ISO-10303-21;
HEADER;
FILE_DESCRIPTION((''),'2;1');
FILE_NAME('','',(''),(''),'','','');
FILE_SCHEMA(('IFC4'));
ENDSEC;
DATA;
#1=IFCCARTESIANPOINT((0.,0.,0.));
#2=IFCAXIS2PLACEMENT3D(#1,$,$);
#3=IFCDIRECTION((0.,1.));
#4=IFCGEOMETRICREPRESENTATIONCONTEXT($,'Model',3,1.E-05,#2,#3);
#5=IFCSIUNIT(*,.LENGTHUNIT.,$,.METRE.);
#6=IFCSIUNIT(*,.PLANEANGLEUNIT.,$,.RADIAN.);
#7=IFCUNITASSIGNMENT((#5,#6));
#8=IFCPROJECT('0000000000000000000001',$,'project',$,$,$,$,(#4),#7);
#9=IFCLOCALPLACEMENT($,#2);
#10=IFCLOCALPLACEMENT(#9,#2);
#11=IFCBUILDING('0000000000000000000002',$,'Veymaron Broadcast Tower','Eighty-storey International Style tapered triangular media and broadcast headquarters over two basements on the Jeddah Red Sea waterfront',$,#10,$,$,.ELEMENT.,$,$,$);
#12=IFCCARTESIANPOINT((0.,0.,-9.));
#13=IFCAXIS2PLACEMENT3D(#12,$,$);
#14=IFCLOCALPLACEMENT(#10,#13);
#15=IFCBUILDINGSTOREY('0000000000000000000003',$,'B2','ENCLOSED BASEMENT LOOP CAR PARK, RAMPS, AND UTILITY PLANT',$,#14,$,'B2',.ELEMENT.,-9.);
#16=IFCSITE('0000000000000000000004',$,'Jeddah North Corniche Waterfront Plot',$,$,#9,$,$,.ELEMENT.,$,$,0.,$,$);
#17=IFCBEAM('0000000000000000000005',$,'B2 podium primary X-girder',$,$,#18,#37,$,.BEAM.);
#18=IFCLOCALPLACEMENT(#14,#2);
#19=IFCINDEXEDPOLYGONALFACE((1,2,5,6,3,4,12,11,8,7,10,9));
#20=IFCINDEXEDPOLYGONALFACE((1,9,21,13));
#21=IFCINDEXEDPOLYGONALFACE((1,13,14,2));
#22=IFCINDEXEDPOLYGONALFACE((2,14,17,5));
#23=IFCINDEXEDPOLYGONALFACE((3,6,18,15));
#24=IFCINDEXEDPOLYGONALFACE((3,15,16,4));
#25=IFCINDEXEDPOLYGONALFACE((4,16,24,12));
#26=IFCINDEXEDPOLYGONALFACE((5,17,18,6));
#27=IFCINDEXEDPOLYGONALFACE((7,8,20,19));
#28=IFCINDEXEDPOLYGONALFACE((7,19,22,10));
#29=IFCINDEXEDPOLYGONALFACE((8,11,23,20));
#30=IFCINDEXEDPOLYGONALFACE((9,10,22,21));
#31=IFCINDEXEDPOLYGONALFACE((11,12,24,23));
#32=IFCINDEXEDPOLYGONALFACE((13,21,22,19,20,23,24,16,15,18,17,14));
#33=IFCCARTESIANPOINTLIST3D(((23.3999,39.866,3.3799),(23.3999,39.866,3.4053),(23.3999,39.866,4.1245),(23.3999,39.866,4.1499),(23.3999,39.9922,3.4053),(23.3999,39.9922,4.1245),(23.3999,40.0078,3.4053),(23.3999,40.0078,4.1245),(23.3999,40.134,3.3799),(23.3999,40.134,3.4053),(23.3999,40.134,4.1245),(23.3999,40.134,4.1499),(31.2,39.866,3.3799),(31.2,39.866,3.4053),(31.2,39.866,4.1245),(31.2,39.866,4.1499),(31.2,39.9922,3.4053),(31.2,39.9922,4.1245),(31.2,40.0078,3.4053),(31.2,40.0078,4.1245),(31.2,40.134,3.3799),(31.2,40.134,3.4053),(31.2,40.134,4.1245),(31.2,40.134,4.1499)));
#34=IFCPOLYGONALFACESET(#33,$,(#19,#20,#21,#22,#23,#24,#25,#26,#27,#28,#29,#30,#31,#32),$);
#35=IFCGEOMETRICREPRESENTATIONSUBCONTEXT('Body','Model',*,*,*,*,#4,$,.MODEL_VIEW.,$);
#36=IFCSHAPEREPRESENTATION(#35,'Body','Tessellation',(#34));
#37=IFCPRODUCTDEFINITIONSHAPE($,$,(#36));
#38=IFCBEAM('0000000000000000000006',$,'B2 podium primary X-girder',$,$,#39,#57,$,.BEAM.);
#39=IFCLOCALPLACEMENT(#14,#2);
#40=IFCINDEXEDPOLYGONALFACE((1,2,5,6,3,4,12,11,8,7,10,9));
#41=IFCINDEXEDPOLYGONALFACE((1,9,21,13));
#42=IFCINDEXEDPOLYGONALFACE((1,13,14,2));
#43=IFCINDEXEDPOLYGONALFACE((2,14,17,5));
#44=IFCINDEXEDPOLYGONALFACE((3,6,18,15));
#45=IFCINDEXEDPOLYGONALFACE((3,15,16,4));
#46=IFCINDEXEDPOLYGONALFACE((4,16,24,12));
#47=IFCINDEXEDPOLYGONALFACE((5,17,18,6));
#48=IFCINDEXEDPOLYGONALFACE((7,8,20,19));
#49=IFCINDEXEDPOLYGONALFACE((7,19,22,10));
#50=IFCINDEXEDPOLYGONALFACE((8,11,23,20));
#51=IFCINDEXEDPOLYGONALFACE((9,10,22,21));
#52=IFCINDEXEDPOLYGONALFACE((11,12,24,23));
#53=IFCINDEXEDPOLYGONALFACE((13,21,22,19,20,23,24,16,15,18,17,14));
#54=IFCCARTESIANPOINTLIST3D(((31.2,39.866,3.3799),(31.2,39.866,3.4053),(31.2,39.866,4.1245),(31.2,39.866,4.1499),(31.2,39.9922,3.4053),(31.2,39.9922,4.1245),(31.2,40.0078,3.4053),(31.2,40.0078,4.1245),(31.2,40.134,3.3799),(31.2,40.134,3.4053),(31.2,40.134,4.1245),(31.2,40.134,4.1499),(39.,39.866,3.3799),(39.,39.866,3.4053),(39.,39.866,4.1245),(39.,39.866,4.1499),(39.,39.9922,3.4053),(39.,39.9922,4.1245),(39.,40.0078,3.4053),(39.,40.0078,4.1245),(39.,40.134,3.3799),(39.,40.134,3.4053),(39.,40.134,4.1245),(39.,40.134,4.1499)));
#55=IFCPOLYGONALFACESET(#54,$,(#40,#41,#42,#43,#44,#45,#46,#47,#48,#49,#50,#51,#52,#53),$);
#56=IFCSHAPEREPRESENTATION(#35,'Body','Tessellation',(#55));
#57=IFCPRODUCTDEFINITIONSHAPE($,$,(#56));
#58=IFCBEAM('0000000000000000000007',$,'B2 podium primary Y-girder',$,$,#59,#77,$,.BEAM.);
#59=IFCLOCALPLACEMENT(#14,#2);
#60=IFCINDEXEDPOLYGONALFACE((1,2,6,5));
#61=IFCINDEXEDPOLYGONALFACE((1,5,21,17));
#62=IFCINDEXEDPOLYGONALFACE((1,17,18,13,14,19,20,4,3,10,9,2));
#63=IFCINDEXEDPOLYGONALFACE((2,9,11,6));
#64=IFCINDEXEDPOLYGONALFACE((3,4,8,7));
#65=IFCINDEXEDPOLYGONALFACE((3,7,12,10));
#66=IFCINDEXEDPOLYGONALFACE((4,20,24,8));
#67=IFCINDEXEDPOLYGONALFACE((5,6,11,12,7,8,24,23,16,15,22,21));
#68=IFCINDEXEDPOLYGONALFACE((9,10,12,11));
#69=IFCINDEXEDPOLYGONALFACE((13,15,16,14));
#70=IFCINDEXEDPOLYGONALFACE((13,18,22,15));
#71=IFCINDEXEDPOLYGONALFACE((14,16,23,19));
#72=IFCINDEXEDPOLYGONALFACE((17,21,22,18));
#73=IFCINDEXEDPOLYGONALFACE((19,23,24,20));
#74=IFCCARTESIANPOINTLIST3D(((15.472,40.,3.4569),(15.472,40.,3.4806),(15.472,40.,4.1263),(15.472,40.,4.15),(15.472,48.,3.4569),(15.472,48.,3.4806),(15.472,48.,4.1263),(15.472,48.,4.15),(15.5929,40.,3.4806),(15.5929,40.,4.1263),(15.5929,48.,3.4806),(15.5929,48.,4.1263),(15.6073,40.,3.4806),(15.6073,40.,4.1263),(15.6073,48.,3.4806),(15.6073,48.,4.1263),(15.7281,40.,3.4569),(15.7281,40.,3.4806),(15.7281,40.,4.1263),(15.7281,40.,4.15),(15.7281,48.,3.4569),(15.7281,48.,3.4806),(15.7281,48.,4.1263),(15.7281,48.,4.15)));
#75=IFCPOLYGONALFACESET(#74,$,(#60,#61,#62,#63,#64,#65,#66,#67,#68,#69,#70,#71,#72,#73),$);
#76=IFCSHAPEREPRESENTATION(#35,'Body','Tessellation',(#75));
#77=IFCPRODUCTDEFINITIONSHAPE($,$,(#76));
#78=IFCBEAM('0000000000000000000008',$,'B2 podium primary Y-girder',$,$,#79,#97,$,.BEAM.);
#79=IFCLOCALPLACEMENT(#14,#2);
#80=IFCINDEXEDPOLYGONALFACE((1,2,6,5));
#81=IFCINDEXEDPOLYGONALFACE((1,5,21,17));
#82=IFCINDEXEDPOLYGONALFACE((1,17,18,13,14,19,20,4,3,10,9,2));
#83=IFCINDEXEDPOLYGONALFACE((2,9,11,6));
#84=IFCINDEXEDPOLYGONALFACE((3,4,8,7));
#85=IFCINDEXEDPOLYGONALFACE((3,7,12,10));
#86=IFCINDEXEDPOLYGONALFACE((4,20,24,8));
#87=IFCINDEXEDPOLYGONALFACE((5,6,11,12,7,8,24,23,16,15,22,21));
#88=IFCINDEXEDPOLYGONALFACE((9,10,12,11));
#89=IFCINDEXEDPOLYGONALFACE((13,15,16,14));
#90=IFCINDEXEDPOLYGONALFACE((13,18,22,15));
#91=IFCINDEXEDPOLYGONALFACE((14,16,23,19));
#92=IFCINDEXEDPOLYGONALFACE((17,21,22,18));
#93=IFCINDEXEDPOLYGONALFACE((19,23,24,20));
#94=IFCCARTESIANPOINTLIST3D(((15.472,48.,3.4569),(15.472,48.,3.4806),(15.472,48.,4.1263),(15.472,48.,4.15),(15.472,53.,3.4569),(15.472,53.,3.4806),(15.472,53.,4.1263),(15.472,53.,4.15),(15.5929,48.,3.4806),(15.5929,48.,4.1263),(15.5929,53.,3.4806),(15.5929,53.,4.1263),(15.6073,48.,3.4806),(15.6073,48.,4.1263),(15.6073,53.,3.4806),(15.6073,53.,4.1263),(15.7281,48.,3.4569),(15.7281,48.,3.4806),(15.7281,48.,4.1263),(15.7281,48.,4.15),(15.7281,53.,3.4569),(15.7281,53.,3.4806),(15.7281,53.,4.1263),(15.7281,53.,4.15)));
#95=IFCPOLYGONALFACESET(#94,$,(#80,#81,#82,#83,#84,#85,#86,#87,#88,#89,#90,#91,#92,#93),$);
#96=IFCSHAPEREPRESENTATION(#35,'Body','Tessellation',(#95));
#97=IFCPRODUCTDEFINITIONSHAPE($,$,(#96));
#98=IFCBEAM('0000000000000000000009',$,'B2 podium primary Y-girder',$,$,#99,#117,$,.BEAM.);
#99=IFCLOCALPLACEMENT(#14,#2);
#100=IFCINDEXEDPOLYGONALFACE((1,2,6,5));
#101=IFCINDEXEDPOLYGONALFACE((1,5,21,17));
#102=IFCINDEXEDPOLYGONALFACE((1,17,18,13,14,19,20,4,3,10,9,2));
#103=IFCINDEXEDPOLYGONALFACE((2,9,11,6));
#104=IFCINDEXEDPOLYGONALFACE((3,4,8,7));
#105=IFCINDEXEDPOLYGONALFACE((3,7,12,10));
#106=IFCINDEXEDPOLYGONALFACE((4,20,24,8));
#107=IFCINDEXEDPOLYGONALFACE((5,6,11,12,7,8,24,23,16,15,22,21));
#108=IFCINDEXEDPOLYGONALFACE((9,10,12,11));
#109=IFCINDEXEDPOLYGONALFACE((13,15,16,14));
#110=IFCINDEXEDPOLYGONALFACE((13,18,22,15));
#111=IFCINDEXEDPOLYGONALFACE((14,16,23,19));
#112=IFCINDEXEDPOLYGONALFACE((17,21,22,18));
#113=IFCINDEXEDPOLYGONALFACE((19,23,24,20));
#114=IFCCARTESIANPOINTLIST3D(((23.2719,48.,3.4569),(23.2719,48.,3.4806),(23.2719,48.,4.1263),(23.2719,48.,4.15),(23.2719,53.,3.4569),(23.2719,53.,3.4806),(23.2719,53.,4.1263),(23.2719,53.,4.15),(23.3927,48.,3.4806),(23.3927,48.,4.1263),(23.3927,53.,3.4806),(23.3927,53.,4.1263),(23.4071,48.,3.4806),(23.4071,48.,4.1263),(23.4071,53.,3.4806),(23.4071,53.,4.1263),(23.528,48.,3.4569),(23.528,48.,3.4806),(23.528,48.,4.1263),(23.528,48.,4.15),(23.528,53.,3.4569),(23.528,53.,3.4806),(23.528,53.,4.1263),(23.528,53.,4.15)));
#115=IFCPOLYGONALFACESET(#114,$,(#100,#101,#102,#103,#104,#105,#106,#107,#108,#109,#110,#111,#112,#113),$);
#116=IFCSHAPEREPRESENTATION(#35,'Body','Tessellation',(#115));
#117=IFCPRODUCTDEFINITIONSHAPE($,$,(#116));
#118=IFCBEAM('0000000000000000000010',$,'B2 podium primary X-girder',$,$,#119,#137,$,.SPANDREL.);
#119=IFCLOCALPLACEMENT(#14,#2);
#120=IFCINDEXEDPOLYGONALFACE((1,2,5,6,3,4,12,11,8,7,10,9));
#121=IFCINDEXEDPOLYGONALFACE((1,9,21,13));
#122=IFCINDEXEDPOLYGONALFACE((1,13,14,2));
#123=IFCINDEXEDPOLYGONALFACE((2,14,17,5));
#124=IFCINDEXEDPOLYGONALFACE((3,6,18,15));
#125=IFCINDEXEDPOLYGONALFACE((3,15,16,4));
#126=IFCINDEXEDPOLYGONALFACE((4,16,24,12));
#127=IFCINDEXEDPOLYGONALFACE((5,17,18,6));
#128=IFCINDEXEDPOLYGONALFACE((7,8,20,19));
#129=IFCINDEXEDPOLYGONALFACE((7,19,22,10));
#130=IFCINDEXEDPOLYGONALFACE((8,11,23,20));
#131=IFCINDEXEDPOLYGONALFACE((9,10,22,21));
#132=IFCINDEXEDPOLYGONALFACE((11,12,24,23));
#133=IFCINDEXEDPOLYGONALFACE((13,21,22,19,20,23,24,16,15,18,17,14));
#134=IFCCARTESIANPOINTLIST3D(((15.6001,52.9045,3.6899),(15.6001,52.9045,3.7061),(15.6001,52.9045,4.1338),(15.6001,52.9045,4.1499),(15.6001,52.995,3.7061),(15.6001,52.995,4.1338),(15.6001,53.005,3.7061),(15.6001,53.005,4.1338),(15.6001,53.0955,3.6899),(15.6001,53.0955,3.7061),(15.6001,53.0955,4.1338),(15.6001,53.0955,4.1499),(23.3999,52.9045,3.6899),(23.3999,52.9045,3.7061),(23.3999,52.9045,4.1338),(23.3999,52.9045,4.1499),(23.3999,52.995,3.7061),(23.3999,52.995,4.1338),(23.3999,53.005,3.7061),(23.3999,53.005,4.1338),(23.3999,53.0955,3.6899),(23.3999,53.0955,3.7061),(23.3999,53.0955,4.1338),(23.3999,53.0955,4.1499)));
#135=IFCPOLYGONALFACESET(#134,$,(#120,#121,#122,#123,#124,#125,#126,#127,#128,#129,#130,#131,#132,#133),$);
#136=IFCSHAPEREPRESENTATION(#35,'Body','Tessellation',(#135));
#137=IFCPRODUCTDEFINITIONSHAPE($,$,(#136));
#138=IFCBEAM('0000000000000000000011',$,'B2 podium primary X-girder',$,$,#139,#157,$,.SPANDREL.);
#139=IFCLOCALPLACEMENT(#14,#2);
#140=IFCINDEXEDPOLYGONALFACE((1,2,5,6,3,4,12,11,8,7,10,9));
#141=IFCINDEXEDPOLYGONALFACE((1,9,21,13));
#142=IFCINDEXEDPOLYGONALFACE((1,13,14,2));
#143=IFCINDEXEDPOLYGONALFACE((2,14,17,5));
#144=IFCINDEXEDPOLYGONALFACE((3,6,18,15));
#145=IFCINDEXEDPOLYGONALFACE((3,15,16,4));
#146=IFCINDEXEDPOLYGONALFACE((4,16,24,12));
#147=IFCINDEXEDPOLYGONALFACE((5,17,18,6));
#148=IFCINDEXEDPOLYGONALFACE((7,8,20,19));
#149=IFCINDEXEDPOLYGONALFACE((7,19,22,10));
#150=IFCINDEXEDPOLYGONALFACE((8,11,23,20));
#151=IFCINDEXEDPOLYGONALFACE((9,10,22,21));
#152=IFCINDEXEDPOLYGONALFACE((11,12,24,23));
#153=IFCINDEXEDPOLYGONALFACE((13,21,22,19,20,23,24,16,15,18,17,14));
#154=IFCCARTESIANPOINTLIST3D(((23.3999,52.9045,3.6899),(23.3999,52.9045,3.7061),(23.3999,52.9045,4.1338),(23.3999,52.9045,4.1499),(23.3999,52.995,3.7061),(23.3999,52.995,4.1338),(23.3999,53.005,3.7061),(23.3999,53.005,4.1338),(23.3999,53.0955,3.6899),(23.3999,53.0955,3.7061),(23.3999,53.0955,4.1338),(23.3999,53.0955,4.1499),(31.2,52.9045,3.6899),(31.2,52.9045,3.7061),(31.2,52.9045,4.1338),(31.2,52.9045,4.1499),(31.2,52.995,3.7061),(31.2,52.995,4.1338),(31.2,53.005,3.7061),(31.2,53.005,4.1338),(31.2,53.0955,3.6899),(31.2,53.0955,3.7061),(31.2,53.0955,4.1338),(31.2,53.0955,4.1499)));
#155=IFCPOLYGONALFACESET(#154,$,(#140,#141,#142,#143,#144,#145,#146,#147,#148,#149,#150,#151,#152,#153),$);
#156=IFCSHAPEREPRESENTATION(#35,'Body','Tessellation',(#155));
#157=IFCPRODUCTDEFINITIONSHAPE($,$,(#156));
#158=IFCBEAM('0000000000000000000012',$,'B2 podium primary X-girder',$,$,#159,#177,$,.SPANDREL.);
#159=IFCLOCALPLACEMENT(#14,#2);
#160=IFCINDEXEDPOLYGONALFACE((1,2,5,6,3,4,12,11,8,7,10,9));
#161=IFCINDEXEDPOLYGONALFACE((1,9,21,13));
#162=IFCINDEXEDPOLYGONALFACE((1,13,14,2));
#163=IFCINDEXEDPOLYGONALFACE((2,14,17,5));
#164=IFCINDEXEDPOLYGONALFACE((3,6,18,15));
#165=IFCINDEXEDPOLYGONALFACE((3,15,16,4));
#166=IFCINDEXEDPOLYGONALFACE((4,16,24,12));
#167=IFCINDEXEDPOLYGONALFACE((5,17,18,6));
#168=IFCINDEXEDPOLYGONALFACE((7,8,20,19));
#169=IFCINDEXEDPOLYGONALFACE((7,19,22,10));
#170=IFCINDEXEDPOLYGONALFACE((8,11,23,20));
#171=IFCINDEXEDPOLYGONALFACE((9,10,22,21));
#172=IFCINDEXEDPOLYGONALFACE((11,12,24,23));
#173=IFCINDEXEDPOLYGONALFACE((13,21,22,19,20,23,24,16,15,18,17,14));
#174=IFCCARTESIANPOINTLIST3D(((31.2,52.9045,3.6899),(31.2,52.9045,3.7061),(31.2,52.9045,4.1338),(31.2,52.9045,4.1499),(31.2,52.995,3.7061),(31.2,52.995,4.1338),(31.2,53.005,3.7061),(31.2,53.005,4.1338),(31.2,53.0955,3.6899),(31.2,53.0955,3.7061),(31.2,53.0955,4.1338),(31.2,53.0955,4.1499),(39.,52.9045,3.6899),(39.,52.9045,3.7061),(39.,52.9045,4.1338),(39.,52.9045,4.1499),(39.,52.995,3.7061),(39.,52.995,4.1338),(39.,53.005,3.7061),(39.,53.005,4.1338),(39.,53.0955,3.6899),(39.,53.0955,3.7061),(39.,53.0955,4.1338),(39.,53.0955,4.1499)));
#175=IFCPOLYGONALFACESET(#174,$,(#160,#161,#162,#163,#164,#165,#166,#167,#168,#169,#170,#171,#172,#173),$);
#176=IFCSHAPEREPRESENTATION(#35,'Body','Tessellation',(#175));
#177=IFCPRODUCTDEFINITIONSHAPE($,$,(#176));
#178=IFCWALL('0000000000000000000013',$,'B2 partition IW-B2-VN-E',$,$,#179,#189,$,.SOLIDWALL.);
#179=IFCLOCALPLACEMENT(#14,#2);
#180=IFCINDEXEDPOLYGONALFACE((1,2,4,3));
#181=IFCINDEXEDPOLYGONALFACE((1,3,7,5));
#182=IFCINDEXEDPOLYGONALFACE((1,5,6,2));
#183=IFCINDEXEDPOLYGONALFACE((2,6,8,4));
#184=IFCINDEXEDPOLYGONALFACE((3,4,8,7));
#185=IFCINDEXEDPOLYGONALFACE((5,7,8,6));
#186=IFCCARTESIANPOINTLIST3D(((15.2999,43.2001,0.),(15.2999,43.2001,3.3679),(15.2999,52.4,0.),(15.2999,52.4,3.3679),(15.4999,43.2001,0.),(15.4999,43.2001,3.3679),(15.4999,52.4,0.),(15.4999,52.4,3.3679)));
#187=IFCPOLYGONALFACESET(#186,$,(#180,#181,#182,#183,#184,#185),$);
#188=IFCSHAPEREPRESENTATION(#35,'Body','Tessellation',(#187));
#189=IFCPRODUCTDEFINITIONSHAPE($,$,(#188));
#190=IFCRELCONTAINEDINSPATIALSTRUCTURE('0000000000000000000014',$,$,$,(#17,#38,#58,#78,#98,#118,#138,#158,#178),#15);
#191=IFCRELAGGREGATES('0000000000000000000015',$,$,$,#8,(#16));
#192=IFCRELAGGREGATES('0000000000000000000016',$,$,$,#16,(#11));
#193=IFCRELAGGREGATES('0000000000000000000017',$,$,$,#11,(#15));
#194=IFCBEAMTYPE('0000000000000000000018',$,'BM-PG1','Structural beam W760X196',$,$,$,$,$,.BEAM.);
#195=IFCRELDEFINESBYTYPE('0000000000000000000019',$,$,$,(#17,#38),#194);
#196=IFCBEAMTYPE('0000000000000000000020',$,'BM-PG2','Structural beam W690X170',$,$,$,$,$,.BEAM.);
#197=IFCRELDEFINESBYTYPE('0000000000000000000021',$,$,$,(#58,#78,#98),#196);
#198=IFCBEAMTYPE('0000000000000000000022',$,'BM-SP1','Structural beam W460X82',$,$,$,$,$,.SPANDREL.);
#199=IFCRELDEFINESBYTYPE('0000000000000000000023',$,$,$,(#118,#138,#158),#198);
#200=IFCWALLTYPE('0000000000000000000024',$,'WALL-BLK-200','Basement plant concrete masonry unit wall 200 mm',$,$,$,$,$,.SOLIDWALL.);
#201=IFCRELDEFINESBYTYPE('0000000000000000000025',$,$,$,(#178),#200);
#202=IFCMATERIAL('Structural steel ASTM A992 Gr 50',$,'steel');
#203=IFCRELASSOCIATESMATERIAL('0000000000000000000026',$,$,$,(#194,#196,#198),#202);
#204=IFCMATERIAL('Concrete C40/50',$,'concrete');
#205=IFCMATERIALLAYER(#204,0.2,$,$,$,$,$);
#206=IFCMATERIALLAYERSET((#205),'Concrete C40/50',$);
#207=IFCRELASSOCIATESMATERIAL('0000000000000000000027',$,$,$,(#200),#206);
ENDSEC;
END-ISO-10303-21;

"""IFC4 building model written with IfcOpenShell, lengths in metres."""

from ifc_helpers import new_model, si_unit, direction, frame, frame_2d, origin, origin_2d, place, context, subcontext, project, spatial, rectangle, i_section, extrude, material, layer, layer_set, material_profile, profile_set, type_object, element, save


model = new_model("IFC4")

# Units and contexts
model_context = context("Model", 3, precision=1e-05, world=origin(), true_north=direction((0.0, 1.0)))
body_context = subcontext(model_context, "Body", "Model", "MODEL_VIEW")
ifc_project = project(units=[si_unit("LENGTHUNIT", "METRE"), si_unit("PLANEANGLEUNIT", "RADIAN")], contexts=[model_context])

# Site, building, storey
site_placement = place(None, origin())
site = spatial("IfcSite", under=ifc_project, at=site_placement, Name="Jeddah North Corniche Waterfront Plot", CompositionType="ELEMENT", RefElevation=0.0)
building_placement = place(site_placement, origin())
building = spatial("IfcBuilding", under=site, at=building_placement, Name="Veymaron Broadcast Tower", Description="Eighty-storey International Style tapered triangular media and broadcast headquarters over two basements on the Jeddah Red Sea waterfront", CompositionType="ELEMENT")
storey_placement = place(building_placement, frame((0.0, 0.0, -9.0)))
storey = spatial("IfcBuildingStorey", under=building, at=storey_placement, Name="B2", Description="ENCLOSED BASEMENT LOOP CAR PARK, RAMPS, AND UTILITY PLANT", LongName="B2", CompositionType="ELEMENT", Elevation=-9.0)

# Beams
ifc_material_1 = material(Name="Structural steel ASTM A992 Gr 50", Category="steel")
ifc_material_profile_1 = material_profile(ifc_material_1, i_section(OverallWidth=0.2681, OverallDepth=0.77, WebThickness=0.0156, FlangeThickness=0.0254, at=origin_2d()), Name="W760X196")
ifc_profile_set_1 = profile_set([ifc_material_profile_1], Name="Structural steel ASTM A992 Gr 50")
beam_type_1 = type_object("IfcBeamType", Name="BM-PG1", Description="Structural beam W760X196", PredefinedType="BEAM", material=ifc_profile_set_1)
for number, where, z_axis, x_axis, name in (
    (1, (23.3999, 40.0, 3.7649), (1.0, 0.0, 0.0), (0.0, 1.0, 0.0), "B2 podium primary X-girder"),
    (2, (31.2, 40.0, 3.7649), (1.0, 0.0, 0.0), (0.0, 1.0, 0.0), "B2 podium primary X-girder"),
):
    element("IfcBeam", number, at=place(storey_placement, frame(where, z_axis=z_axis, x_axis=x_axis)), inside=storey, type_object=beam_type_1, Name=name, PredefinedType="BEAM", context=body_context, shape_type="SweptSolid", body=[
        extrude(i_section(OverallWidth=0.2681, OverallDepth=0.77, WebThickness=0.0156, FlangeThickness=0.0254, at=origin_2d()), origin(), (0.0, 0.0, 1.0), 7.8),
    ])
ifc_material_profile_2 = material_profile(ifc_material_1, i_section(OverallWidth=0.2561, OverallDepth=0.6931, WebThickness=0.0144, FlangeThickness=0.0237, at=origin_2d()), Name="W690X170")
ifc_profile_set_2 = profile_set([ifc_material_profile_2], Name="Structural steel ASTM A992 Gr 50")
beam_type_2 = type_object("IfcBeamType", Name="BM-PG2", Description="Structural beam W690X170", PredefinedType="BEAM", material=ifc_profile_set_2)
beam_1_placement = place(storey_placement, frame((15.6001, 40.0, 3.8035), z_axis=(0.0, 1.0, 0.0), x_axis=(-1.0, 0.0, 0.0)))
element("IfcBeam", 3, at=beam_1_placement, inside=storey, type_object=beam_type_2, Name="B2 podium primary Y-girder", PredefinedType="BEAM", context=body_context, shape_type="SweptSolid", body=[
    extrude(i_section(OverallWidth=0.2561, OverallDepth=0.6931, WebThickness=0.0144, FlangeThickness=0.0237, at=origin_2d()), origin(), (0.0, 0.0, 1.0), 8.0),
])
for number, where, z_axis, x_axis, name in (
    (4, (15.6001, 48.0, 3.8035), (0.0, 1.0, 0.0), (-1.0, 0.0, 0.0), "B2 podium primary Y-girder"),
    (5, (23.3999, 48.0, 3.8035), (0.0, 1.0, 0.0), (-1.0, 0.0, 0.0), "B2 podium primary Y-girder"),
):
    element("IfcBeam", number, at=place(storey_placement, frame(where, z_axis=z_axis, x_axis=x_axis)), inside=storey, type_object=beam_type_2, Name=name, PredefinedType="BEAM", context=body_context, shape_type="SweptSolid", body=[
        extrude(i_section(OverallWidth=0.2561, OverallDepth=0.6931, WebThickness=0.0144, FlangeThickness=0.0237, at=origin_2d()), origin(), (0.0, 0.0, 1.0), 5.0),
    ])
ifc_material_profile_3 = material_profile(ifc_material_1, i_section(OverallWidth=0.1909, OverallDepth=0.46, WebThickness=0.01, FlangeThickness=0.0161, at=origin_2d()), Name="W460X82")
ifc_profile_set_3 = profile_set([ifc_material_profile_3], Name="Structural steel ASTM A992 Gr 50")
beam_type_3 = type_object("IfcBeamType", Name="BM-SP1", Description="Structural beam W460X82", PredefinedType="SPANDREL", material=ifc_profile_set_3)
beam_2_placement = place(storey_placement, frame((15.6001, 53.0, 3.9199), z_axis=(1.0, 0.0, 0.0), x_axis=(0.0, 1.0, 0.0)))
element("IfcBeam", 6, at=beam_2_placement, inside=storey, type_object=beam_type_3, Name="B2 podium primary X-girder", PredefinedType="SPANDREL", context=body_context, shape_type="SweptSolid", body=[
    extrude(i_section(OverallWidth=0.1909, OverallDepth=0.46, WebThickness=0.01, FlangeThickness=0.0161, at=origin_2d()), origin(), (0.0, 0.0, 1.0), 7.7998),
])
for number, where, z_axis, x_axis, name in (
    (7, (23.3999, 53.0, 3.9199), (1.0, 0.0, 0.0), (0.0, 1.0, 0.0), "B2 podium primary X-girder"),
    (8, (31.2, 53.0, 3.9199), (1.0, 0.0, 0.0), (0.0, 1.0, 0.0), "B2 podium primary X-girder"),
):
    element("IfcBeam", number, at=place(storey_placement, frame(where, z_axis=z_axis, x_axis=x_axis)), inside=storey, type_object=beam_type_3, Name=name, PredefinedType="SPANDREL", context=body_context, shape_type="SweptSolid", body=[
        extrude(i_section(OverallWidth=0.1909, OverallDepth=0.46, WebThickness=0.01, FlangeThickness=0.0161, at=origin_2d()), origin(), (0.0, 0.0, 1.0), 7.8),
    ])

# Wall
ifc_material_2 = material(Name="Concrete C40/50", Category="concrete")
ifc_layer = layer(ifc_material_2, 0.2)
ifc_layer_set = layer_set([ifc_layer], Name="Concrete C40/50")
wall_type = type_object("IfcWallType", Name="WALL-BLK-200", Description="Basement plant concrete masonry unit wall 200 mm", PredefinedType="SOLIDWALL", material=ifc_layer_set)
wall_placement = place(storey_placement, frame((15.3999, 43.2, 0.0), z_axis=(0.0, 0.0, 1.0), x_axis=(0.0, 1.0, 0.0)))
element("IfcWall", 9, at=wall_placement, inside=storey, type_object=wall_type, Name="B2 partition IW-B2-VN-E", PredefinedType="SOLIDWALL", context=body_context, shape_type="SweptSolid", body=[
    extrude(rectangle(XDim=9.2, YDim=0.2, at=frame_2d((4.6001, 0.0))), origin(), (0.0, 0.0, 1.0), 3.3679),
])

save(model, "model.ifc")
